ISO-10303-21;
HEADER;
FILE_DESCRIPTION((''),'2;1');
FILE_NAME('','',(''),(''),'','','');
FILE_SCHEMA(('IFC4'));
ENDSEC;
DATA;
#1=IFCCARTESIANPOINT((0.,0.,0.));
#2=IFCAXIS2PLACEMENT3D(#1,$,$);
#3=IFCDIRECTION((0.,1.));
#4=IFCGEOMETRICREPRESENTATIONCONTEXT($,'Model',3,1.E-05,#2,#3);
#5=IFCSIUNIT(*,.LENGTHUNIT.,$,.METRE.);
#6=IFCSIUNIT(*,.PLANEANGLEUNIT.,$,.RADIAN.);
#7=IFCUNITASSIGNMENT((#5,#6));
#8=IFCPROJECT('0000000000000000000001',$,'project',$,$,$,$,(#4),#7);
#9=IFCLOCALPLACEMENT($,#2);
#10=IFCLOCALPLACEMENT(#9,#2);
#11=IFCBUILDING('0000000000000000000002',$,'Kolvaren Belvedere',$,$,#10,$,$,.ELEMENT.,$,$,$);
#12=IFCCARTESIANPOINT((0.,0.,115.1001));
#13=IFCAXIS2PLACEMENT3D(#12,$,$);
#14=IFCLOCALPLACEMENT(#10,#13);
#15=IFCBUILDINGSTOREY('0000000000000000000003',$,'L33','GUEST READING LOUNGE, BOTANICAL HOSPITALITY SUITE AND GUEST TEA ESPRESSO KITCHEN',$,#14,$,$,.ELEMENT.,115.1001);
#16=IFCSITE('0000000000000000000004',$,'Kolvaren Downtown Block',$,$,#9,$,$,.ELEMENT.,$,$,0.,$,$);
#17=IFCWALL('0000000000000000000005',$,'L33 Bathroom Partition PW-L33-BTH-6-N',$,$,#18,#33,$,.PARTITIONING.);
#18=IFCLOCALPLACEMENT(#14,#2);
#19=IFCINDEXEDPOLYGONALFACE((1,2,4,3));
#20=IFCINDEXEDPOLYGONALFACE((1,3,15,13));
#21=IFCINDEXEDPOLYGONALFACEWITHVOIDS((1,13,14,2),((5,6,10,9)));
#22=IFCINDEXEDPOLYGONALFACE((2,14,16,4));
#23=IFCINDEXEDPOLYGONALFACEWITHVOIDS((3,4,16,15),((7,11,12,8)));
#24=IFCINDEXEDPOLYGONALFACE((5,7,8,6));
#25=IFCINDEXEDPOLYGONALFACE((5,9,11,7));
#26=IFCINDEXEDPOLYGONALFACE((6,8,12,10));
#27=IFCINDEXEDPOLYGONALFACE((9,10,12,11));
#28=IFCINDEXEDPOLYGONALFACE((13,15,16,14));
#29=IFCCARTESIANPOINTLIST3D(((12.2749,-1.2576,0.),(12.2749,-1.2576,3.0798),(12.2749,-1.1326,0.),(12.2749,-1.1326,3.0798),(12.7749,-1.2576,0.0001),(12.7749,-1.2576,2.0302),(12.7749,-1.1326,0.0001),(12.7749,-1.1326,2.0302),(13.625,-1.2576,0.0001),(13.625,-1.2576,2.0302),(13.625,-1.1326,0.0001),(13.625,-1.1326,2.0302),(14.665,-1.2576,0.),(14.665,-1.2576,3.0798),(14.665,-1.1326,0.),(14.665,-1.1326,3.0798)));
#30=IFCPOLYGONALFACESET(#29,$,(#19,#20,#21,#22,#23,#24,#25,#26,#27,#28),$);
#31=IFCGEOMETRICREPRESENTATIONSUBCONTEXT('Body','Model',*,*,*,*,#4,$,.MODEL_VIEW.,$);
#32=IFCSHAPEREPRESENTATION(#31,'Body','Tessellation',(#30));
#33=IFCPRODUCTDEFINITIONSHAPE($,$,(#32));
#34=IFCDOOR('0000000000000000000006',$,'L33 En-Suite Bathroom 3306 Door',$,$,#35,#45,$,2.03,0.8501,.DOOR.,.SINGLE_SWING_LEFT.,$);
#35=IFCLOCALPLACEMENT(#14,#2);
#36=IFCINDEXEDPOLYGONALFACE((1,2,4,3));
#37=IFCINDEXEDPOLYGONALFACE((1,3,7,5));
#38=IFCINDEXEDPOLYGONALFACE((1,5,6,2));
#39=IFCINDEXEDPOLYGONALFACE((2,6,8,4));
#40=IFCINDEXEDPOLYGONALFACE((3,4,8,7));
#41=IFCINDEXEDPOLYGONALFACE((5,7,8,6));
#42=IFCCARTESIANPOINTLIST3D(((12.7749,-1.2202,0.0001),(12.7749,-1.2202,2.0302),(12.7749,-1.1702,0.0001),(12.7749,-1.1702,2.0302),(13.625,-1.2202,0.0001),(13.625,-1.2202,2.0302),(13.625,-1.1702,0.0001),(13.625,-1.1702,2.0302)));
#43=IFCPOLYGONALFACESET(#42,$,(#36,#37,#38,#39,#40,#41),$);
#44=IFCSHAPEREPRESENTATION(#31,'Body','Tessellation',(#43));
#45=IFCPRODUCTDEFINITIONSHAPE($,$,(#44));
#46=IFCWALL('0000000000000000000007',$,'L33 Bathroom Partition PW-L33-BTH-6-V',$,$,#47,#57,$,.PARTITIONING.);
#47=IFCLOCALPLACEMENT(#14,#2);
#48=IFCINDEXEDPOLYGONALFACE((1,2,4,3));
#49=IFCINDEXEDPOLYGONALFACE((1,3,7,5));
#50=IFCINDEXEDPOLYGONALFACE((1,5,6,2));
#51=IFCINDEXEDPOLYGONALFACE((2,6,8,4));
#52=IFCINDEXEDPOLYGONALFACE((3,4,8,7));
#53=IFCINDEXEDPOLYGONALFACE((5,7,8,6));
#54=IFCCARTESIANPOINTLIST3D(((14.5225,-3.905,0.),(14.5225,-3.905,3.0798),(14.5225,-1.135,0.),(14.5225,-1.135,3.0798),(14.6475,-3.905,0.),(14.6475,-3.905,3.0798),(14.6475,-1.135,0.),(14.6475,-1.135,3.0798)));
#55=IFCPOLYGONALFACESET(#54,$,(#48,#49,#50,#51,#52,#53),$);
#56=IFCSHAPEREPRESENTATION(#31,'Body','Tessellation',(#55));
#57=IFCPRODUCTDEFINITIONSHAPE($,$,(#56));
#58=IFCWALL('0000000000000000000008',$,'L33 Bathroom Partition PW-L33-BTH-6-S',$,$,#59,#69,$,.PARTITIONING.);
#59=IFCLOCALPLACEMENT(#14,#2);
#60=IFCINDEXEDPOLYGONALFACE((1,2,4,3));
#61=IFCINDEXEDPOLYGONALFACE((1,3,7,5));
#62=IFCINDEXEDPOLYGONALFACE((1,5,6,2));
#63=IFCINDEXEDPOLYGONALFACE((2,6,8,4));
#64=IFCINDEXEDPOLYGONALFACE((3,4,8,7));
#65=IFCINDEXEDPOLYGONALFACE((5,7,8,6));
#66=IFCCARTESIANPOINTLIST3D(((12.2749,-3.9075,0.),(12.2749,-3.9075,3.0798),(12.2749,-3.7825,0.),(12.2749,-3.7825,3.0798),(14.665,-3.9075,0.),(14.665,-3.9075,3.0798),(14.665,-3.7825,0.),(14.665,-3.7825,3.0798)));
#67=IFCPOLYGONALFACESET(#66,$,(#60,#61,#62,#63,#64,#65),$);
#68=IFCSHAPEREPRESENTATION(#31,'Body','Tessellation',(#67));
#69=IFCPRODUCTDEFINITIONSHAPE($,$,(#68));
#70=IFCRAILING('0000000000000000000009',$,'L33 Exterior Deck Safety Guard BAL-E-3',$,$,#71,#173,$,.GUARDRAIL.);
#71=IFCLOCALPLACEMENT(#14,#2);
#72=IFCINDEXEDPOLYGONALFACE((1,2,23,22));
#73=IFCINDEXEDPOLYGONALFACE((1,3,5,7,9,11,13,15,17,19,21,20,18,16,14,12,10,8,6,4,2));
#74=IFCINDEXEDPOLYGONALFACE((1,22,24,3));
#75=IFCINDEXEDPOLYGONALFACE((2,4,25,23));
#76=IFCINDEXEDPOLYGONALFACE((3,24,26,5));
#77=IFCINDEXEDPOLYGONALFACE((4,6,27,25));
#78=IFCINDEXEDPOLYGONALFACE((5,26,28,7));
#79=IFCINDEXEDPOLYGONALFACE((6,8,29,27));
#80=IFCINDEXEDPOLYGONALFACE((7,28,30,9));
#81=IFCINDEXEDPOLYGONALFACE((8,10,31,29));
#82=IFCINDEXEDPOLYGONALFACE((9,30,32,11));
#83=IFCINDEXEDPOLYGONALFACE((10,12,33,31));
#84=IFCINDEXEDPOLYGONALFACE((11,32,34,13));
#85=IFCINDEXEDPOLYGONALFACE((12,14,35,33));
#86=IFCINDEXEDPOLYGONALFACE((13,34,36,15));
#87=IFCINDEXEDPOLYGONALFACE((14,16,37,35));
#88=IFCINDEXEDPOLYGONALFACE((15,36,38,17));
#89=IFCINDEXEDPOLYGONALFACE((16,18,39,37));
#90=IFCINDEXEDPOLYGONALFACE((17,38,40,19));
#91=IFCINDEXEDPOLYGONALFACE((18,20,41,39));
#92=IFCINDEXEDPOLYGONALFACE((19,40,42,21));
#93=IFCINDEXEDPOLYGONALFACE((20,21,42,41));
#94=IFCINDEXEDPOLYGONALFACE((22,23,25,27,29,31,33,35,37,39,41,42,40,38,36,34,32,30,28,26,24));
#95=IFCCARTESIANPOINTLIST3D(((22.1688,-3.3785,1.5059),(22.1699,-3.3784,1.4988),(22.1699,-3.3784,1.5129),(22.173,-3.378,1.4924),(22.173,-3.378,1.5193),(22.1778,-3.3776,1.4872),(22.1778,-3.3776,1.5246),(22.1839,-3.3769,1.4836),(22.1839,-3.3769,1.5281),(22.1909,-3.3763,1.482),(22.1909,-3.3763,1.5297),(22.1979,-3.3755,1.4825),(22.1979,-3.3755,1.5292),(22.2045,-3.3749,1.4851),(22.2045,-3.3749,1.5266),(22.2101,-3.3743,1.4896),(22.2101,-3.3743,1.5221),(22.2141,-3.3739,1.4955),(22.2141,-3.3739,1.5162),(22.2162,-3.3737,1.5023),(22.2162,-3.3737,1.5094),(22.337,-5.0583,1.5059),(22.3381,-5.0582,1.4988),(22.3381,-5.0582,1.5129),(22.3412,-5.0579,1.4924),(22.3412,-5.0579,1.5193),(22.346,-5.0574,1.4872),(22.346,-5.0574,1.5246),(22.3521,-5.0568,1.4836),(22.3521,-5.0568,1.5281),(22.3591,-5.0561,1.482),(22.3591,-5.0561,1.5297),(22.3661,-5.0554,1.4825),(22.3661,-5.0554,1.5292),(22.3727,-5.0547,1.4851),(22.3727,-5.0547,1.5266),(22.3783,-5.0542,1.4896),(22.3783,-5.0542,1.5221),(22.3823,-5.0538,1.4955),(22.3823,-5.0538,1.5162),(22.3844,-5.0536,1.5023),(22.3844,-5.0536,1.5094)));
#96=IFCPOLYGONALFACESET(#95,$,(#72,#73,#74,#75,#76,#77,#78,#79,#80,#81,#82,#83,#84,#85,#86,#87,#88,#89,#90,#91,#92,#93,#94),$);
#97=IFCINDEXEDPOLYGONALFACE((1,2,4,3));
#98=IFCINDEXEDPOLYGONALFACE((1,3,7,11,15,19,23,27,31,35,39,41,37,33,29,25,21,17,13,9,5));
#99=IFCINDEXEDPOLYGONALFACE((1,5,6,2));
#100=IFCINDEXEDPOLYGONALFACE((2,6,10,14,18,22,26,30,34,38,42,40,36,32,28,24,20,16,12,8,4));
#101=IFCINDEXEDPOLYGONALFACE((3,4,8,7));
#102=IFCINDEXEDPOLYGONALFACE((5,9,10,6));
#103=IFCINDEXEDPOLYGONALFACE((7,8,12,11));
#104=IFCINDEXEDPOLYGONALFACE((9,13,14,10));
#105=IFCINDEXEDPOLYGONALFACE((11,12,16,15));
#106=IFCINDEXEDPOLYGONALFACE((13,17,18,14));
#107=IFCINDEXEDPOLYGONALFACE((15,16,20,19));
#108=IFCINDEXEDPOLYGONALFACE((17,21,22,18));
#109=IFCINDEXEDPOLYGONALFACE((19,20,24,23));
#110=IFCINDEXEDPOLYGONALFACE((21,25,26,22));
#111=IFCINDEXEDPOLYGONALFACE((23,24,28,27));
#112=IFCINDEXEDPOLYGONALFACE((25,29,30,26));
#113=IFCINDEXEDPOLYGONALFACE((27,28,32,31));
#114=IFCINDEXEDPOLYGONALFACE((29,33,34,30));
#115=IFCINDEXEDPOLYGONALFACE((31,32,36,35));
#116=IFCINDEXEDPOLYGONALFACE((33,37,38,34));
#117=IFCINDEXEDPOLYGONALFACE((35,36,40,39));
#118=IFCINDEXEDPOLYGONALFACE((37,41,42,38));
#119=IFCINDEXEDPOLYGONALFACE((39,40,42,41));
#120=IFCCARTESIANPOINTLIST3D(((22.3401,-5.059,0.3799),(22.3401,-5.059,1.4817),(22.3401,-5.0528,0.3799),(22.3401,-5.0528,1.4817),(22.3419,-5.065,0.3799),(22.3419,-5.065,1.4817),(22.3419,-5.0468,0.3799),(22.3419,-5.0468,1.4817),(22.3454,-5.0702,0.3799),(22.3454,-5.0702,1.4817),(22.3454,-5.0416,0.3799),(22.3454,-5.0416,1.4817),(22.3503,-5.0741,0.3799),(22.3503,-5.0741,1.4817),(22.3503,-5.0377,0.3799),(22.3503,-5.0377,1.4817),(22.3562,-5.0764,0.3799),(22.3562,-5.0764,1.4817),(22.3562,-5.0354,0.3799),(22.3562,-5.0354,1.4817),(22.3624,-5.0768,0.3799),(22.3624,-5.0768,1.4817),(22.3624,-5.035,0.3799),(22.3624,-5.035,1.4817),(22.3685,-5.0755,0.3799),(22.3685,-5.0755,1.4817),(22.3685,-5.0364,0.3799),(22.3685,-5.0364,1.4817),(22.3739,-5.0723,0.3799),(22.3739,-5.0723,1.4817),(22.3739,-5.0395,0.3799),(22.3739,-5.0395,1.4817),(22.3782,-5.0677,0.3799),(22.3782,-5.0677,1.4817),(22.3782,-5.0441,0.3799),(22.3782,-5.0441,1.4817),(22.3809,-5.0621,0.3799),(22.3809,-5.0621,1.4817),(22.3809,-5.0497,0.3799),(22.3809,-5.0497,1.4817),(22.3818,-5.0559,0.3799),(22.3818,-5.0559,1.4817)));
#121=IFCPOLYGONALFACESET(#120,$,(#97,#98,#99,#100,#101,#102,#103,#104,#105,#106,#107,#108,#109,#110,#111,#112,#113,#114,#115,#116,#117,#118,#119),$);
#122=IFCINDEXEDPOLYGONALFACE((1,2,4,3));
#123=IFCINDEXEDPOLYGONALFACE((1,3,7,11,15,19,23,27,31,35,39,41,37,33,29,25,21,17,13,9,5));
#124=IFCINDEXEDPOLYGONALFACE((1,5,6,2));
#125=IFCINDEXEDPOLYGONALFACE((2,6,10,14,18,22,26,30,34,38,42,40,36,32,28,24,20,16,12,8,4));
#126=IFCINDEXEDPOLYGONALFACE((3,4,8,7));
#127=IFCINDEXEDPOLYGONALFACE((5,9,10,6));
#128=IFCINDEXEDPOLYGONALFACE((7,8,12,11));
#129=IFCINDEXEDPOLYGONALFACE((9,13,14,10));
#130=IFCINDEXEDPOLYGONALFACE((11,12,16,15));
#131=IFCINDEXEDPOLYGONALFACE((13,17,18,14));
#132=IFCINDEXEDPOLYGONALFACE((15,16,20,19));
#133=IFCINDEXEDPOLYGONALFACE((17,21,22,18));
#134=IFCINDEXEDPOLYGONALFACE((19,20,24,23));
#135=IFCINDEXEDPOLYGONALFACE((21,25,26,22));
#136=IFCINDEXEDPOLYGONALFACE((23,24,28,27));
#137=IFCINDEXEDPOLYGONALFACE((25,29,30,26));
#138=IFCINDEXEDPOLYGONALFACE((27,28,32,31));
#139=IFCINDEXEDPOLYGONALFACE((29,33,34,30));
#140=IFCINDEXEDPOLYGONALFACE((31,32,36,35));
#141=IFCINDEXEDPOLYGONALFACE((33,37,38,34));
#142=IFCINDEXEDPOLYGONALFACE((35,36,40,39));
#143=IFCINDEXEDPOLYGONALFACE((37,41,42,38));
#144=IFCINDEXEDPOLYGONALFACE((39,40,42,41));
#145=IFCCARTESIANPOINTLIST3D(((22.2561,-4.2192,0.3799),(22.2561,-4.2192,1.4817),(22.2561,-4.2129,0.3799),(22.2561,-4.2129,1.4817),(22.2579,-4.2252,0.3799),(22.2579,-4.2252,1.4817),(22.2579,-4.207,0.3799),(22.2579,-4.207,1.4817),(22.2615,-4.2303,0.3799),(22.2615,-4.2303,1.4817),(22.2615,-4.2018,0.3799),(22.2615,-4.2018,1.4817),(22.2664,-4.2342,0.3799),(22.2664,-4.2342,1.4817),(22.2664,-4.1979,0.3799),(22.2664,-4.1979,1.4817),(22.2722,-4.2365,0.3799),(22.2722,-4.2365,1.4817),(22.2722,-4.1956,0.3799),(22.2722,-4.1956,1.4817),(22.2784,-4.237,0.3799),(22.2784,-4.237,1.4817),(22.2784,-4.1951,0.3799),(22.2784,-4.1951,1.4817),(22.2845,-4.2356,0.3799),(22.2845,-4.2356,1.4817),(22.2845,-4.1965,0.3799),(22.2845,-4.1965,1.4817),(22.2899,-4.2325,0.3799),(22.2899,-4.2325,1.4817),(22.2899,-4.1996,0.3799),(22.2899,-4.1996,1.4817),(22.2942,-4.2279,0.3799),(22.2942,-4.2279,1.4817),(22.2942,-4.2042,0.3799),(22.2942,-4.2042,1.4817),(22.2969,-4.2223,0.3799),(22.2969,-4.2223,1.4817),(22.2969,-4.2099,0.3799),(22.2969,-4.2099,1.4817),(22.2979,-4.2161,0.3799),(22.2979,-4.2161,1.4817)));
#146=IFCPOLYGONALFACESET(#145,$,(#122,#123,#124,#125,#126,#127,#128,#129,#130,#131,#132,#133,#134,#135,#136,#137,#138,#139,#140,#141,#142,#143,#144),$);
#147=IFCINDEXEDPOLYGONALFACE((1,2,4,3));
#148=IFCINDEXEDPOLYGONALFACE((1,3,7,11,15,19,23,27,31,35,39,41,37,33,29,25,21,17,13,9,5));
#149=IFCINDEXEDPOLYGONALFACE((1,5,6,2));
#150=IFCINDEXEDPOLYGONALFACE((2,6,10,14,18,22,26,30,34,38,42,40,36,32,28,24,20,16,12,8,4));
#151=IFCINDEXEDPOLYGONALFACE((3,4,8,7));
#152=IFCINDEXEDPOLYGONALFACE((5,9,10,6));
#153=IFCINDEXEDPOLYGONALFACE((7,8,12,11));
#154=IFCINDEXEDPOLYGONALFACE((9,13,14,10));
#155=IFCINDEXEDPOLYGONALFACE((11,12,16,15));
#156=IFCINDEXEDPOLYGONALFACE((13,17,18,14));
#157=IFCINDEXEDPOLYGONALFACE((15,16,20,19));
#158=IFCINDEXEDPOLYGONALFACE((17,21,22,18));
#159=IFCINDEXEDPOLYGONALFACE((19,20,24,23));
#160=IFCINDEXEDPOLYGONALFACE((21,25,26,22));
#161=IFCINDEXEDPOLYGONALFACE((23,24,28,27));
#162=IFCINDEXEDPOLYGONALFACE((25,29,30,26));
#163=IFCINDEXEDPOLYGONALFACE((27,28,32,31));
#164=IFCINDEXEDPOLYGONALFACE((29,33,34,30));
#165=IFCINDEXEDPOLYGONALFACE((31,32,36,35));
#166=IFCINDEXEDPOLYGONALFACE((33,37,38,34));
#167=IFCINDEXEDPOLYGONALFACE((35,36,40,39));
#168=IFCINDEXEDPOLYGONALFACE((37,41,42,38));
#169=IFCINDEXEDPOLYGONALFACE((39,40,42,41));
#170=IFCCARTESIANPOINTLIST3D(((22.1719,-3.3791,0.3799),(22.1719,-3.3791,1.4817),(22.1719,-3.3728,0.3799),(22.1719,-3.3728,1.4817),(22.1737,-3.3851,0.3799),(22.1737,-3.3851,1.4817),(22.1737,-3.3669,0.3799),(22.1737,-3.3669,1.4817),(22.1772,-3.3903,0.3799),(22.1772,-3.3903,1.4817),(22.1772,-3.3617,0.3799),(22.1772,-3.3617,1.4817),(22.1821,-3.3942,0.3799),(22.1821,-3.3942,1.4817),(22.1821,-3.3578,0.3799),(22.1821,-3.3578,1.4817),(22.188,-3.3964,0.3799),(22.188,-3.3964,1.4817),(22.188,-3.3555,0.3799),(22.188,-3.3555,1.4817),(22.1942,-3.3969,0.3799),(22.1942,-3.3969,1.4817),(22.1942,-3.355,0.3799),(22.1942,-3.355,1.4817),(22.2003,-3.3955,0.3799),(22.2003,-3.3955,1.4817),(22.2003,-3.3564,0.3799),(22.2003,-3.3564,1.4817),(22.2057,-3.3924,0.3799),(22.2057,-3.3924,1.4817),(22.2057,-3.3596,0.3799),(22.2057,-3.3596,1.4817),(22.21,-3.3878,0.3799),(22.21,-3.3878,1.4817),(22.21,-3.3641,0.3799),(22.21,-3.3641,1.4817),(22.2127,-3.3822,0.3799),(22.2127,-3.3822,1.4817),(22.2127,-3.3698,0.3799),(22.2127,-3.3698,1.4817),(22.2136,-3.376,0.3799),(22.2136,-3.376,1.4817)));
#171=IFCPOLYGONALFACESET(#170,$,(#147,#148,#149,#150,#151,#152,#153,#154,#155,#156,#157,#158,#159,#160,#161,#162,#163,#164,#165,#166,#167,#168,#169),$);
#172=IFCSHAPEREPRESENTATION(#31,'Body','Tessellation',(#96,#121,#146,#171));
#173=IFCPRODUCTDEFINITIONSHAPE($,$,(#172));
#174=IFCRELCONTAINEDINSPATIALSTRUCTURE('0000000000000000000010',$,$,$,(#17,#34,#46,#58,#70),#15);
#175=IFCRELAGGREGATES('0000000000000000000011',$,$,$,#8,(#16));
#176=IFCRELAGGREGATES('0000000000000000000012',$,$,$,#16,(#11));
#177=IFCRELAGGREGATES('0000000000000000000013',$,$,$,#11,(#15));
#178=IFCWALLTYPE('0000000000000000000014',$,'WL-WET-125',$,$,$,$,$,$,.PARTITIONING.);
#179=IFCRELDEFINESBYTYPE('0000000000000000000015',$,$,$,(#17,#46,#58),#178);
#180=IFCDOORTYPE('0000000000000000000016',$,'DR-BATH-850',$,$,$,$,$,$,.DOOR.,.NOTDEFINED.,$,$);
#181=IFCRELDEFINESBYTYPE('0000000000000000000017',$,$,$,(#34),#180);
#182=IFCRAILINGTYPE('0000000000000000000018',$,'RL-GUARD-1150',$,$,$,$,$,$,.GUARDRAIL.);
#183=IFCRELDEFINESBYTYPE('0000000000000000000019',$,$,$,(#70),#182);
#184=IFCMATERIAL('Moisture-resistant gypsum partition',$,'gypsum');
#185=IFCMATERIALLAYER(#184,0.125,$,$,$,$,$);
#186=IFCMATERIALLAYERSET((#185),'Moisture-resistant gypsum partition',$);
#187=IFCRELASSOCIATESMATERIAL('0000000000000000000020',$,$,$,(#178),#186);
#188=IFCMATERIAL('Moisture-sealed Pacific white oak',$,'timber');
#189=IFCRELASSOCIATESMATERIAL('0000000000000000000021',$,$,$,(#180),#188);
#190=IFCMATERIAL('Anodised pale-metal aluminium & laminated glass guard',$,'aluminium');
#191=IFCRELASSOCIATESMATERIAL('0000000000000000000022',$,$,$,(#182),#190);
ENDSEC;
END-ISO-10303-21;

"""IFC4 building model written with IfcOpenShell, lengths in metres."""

from ifc_helpers import new_model, si_unit, direction, frame, frame_2d, origin, origin_2d, place, context, subcontext, project, spatial, rectangle, circle, extrude, material, layer, layer_set, type_object, element, fill, save


model = new_model("IFC4")

# Units and contexts
model_context = context("Model", 3, precision=1e-05, world=origin(), true_north=direction((0.0, 1.0)))
body_context = subcontext(model_context, "Body", "Model", "MODEL_VIEW")
ifc_project = project(units=[si_unit("LENGTHUNIT", "METRE"), si_unit("PLANEANGLEUNIT", "RADIAN")], contexts=[model_context])

# Site, building, storey
site_placement = place(None, origin())
site = spatial("IfcSite", under=ifc_project, at=site_placement, Name="Kolvaren Downtown Block", CompositionType="ELEMENT", RefElevation=0.0)
building_placement = place(site_placement, origin())
building = spatial("IfcBuilding", under=site, at=building_placement, Name="Kolvaren Belvedere", CompositionType="ELEMENT")
storey_placement = place(building_placement, frame((0.0, 0.0, 115.1001)))
storey = spatial("IfcBuildingStorey", under=building, at=storey_placement, Name="L33", Description="GUEST READING LOUNGE, BOTANICAL HOSPITALITY SUITE AND GUEST TEA ESPRESSO KITCHEN", CompositionType="ELEMENT", Elevation=115.1001)

# Wall, opening, door
ifc_material_1 = material(Name="Moisture-resistant gypsum partition", Category="gypsum")
ifc_layer_1 = layer(ifc_material_1, 0.125)
ifc_layer_set_1 = layer_set([ifc_layer_1], Name="Moisture-resistant gypsum partition")
wall_type_1 = type_object("IfcWallType", Name="WL-WET-125", PredefinedType="PARTITIONING", material=ifc_layer_set_1)
wall_1_placement = place(storey_placement, frame((12.2749, -1.1951, 0.0), z_axis=(0.0, 0.0, 1.0), x_axis=(1.0, 0.0, 0.0)))
wall_1 = element("IfcWall", 1, at=wall_1_placement, inside=storey, type_object=wall_type_1, Name="L33 Bathroom Partition PW-L33-BTH-6-N", PredefinedType="PARTITIONING", context=body_context, shape_type="SweptSolid", body=[
    extrude(rectangle(XDim=2.3901, YDim=0.125, at=frame_2d((1.1951, 0.0))), origin(), (0.0, 0.0, 1.0), 3.0798),
])
opening_placement = place(wall_1_placement, frame((0.5, 0.0, 0.0)))
opening = element("IfcOpeningElement", 2, at=opening_placement, cuts=wall_1, PredefinedType="OPENING", context=body_context, shape_type="SweptSolid", body=[
    extrude(rectangle(XDim=0.8501, YDim=2.03, at=frame_2d((0.425, 1.0151))), frame((0.0, 0.0725, 0.0), z_axis=(0.0, -1.0, 0.0), x_axis=(1.0, 0.0, 0.0)), (0.0, 0.0, 1.0), 0.145),
])
ifc_material_2 = material(Name="Moisture-sealed Pacific white oak", Category="timber")
door_type = type_object("IfcDoorType", Name="DR-BATH-850", OperationType="NOTDEFINED", PredefinedType="DOOR", material=ifc_material_2)
door_placement = place(opening_placement, origin())
door = element("IfcDoor", 3, at=door_placement, inside=storey, type_object=door_type, Name="L33 En-Suite Bathroom 3306 Door", OperationType="SINGLE_SWING_LEFT", OverallHeight=2.03, OverallWidth=0.8501, PredefinedType="DOOR", context=body_context, shape_type="SweptSolid", body=[
    extrude(rectangle(XDim=0.8501, YDim=2.03, at=frame_2d((0.425, 1.0151))), frame((0.0, 0.0249, 0.0), z_axis=(0.0, -1.0, 0.0), x_axis=(1.0, 0.0, 0.0)), (0.0, 0.0, 1.0), 0.05),
])
fill(opening, door)

# Walls
wall_2_placement = place(storey_placement, frame((14.585, -3.905, 0.0), z_axis=(0.0, 0.0, 1.0), x_axis=(0.0, 1.0, 0.0)))
element("IfcWall", 4, at=wall_2_placement, inside=storey, type_object=wall_type_1, Name="L33 Bathroom Partition PW-L33-BTH-6-V", PredefinedType="PARTITIONING", context=body_context, shape_type="SweptSolid", body=[
    extrude(rectangle(XDim=2.77, YDim=0.125, at=frame_2d((1.385, 0.0))), origin(), (0.0, 0.0, 1.0), 3.0798),
])
wall_3_placement = place(storey_placement, frame((12.2749, -3.845, 0.0), z_axis=(0.0, 0.0, 1.0), x_axis=(1.0, 0.0, 0.0)))
element("IfcWall", 5, at=wall_3_placement, inside=storey, type_object=wall_type_1, Name="L33 Bathroom Partition PW-L33-BTH-6-S", PredefinedType="PARTITIONING", context=body_context, shape_type="SweptSolid", body=[
    extrude(rectangle(XDim=2.3901, YDim=0.125, at=frame_2d((1.1951, 0.0))), origin(), (0.0, 0.0, 1.0), 3.0798),
])

# Railing
ifc_material_3 = material(Name="Anodised pale-metal aluminium & laminated glass guard", Category="aluminium")
railing_type = type_object("IfcRailingType", Name="RL-GUARD-1150", PredefinedType="GUARDRAIL", material=ifc_material_3)
railing_1_placement = place(storey_placement, frame((22.3608, -5.0559, 0.3799)))
element("IfcRailing", 6, at=railing_1_placement, inside=storey, type_object=railing_type, Name="L33 Exterior Deck Safety Guard BAL-E-3", PredefinedType="GUARDRAIL", context=body_context, shape_type="SweptSolid", body=[
    extrude(circle(Radius=0.0239, at=origin_2d()), frame((0.0, 0.0, 1.126), z_axis=(-0.099633, 0.995024, 0.0), x_axis=(-0.995024, -0.099633, 0.0)), (0.0, 0.0, 1.0), 1.6882),
    extrude(circle(Radius=0.021, at=origin_2d()), origin(), (0.0, 0.0, 1.0), 1.1018),
    extrude(circle(Radius=0.021, at=origin_2d()), frame((-0.084, 0.8398, 0.0)), (0.0, 0.0, 1.0), 1.1018),
    extrude(circle(Radius=0.021, at=origin_2d()), frame((-0.1682, 1.6799, 0.0)), (0.0, 0.0, 1.0), 1.1018),
])

save(model, "model.ifc")
